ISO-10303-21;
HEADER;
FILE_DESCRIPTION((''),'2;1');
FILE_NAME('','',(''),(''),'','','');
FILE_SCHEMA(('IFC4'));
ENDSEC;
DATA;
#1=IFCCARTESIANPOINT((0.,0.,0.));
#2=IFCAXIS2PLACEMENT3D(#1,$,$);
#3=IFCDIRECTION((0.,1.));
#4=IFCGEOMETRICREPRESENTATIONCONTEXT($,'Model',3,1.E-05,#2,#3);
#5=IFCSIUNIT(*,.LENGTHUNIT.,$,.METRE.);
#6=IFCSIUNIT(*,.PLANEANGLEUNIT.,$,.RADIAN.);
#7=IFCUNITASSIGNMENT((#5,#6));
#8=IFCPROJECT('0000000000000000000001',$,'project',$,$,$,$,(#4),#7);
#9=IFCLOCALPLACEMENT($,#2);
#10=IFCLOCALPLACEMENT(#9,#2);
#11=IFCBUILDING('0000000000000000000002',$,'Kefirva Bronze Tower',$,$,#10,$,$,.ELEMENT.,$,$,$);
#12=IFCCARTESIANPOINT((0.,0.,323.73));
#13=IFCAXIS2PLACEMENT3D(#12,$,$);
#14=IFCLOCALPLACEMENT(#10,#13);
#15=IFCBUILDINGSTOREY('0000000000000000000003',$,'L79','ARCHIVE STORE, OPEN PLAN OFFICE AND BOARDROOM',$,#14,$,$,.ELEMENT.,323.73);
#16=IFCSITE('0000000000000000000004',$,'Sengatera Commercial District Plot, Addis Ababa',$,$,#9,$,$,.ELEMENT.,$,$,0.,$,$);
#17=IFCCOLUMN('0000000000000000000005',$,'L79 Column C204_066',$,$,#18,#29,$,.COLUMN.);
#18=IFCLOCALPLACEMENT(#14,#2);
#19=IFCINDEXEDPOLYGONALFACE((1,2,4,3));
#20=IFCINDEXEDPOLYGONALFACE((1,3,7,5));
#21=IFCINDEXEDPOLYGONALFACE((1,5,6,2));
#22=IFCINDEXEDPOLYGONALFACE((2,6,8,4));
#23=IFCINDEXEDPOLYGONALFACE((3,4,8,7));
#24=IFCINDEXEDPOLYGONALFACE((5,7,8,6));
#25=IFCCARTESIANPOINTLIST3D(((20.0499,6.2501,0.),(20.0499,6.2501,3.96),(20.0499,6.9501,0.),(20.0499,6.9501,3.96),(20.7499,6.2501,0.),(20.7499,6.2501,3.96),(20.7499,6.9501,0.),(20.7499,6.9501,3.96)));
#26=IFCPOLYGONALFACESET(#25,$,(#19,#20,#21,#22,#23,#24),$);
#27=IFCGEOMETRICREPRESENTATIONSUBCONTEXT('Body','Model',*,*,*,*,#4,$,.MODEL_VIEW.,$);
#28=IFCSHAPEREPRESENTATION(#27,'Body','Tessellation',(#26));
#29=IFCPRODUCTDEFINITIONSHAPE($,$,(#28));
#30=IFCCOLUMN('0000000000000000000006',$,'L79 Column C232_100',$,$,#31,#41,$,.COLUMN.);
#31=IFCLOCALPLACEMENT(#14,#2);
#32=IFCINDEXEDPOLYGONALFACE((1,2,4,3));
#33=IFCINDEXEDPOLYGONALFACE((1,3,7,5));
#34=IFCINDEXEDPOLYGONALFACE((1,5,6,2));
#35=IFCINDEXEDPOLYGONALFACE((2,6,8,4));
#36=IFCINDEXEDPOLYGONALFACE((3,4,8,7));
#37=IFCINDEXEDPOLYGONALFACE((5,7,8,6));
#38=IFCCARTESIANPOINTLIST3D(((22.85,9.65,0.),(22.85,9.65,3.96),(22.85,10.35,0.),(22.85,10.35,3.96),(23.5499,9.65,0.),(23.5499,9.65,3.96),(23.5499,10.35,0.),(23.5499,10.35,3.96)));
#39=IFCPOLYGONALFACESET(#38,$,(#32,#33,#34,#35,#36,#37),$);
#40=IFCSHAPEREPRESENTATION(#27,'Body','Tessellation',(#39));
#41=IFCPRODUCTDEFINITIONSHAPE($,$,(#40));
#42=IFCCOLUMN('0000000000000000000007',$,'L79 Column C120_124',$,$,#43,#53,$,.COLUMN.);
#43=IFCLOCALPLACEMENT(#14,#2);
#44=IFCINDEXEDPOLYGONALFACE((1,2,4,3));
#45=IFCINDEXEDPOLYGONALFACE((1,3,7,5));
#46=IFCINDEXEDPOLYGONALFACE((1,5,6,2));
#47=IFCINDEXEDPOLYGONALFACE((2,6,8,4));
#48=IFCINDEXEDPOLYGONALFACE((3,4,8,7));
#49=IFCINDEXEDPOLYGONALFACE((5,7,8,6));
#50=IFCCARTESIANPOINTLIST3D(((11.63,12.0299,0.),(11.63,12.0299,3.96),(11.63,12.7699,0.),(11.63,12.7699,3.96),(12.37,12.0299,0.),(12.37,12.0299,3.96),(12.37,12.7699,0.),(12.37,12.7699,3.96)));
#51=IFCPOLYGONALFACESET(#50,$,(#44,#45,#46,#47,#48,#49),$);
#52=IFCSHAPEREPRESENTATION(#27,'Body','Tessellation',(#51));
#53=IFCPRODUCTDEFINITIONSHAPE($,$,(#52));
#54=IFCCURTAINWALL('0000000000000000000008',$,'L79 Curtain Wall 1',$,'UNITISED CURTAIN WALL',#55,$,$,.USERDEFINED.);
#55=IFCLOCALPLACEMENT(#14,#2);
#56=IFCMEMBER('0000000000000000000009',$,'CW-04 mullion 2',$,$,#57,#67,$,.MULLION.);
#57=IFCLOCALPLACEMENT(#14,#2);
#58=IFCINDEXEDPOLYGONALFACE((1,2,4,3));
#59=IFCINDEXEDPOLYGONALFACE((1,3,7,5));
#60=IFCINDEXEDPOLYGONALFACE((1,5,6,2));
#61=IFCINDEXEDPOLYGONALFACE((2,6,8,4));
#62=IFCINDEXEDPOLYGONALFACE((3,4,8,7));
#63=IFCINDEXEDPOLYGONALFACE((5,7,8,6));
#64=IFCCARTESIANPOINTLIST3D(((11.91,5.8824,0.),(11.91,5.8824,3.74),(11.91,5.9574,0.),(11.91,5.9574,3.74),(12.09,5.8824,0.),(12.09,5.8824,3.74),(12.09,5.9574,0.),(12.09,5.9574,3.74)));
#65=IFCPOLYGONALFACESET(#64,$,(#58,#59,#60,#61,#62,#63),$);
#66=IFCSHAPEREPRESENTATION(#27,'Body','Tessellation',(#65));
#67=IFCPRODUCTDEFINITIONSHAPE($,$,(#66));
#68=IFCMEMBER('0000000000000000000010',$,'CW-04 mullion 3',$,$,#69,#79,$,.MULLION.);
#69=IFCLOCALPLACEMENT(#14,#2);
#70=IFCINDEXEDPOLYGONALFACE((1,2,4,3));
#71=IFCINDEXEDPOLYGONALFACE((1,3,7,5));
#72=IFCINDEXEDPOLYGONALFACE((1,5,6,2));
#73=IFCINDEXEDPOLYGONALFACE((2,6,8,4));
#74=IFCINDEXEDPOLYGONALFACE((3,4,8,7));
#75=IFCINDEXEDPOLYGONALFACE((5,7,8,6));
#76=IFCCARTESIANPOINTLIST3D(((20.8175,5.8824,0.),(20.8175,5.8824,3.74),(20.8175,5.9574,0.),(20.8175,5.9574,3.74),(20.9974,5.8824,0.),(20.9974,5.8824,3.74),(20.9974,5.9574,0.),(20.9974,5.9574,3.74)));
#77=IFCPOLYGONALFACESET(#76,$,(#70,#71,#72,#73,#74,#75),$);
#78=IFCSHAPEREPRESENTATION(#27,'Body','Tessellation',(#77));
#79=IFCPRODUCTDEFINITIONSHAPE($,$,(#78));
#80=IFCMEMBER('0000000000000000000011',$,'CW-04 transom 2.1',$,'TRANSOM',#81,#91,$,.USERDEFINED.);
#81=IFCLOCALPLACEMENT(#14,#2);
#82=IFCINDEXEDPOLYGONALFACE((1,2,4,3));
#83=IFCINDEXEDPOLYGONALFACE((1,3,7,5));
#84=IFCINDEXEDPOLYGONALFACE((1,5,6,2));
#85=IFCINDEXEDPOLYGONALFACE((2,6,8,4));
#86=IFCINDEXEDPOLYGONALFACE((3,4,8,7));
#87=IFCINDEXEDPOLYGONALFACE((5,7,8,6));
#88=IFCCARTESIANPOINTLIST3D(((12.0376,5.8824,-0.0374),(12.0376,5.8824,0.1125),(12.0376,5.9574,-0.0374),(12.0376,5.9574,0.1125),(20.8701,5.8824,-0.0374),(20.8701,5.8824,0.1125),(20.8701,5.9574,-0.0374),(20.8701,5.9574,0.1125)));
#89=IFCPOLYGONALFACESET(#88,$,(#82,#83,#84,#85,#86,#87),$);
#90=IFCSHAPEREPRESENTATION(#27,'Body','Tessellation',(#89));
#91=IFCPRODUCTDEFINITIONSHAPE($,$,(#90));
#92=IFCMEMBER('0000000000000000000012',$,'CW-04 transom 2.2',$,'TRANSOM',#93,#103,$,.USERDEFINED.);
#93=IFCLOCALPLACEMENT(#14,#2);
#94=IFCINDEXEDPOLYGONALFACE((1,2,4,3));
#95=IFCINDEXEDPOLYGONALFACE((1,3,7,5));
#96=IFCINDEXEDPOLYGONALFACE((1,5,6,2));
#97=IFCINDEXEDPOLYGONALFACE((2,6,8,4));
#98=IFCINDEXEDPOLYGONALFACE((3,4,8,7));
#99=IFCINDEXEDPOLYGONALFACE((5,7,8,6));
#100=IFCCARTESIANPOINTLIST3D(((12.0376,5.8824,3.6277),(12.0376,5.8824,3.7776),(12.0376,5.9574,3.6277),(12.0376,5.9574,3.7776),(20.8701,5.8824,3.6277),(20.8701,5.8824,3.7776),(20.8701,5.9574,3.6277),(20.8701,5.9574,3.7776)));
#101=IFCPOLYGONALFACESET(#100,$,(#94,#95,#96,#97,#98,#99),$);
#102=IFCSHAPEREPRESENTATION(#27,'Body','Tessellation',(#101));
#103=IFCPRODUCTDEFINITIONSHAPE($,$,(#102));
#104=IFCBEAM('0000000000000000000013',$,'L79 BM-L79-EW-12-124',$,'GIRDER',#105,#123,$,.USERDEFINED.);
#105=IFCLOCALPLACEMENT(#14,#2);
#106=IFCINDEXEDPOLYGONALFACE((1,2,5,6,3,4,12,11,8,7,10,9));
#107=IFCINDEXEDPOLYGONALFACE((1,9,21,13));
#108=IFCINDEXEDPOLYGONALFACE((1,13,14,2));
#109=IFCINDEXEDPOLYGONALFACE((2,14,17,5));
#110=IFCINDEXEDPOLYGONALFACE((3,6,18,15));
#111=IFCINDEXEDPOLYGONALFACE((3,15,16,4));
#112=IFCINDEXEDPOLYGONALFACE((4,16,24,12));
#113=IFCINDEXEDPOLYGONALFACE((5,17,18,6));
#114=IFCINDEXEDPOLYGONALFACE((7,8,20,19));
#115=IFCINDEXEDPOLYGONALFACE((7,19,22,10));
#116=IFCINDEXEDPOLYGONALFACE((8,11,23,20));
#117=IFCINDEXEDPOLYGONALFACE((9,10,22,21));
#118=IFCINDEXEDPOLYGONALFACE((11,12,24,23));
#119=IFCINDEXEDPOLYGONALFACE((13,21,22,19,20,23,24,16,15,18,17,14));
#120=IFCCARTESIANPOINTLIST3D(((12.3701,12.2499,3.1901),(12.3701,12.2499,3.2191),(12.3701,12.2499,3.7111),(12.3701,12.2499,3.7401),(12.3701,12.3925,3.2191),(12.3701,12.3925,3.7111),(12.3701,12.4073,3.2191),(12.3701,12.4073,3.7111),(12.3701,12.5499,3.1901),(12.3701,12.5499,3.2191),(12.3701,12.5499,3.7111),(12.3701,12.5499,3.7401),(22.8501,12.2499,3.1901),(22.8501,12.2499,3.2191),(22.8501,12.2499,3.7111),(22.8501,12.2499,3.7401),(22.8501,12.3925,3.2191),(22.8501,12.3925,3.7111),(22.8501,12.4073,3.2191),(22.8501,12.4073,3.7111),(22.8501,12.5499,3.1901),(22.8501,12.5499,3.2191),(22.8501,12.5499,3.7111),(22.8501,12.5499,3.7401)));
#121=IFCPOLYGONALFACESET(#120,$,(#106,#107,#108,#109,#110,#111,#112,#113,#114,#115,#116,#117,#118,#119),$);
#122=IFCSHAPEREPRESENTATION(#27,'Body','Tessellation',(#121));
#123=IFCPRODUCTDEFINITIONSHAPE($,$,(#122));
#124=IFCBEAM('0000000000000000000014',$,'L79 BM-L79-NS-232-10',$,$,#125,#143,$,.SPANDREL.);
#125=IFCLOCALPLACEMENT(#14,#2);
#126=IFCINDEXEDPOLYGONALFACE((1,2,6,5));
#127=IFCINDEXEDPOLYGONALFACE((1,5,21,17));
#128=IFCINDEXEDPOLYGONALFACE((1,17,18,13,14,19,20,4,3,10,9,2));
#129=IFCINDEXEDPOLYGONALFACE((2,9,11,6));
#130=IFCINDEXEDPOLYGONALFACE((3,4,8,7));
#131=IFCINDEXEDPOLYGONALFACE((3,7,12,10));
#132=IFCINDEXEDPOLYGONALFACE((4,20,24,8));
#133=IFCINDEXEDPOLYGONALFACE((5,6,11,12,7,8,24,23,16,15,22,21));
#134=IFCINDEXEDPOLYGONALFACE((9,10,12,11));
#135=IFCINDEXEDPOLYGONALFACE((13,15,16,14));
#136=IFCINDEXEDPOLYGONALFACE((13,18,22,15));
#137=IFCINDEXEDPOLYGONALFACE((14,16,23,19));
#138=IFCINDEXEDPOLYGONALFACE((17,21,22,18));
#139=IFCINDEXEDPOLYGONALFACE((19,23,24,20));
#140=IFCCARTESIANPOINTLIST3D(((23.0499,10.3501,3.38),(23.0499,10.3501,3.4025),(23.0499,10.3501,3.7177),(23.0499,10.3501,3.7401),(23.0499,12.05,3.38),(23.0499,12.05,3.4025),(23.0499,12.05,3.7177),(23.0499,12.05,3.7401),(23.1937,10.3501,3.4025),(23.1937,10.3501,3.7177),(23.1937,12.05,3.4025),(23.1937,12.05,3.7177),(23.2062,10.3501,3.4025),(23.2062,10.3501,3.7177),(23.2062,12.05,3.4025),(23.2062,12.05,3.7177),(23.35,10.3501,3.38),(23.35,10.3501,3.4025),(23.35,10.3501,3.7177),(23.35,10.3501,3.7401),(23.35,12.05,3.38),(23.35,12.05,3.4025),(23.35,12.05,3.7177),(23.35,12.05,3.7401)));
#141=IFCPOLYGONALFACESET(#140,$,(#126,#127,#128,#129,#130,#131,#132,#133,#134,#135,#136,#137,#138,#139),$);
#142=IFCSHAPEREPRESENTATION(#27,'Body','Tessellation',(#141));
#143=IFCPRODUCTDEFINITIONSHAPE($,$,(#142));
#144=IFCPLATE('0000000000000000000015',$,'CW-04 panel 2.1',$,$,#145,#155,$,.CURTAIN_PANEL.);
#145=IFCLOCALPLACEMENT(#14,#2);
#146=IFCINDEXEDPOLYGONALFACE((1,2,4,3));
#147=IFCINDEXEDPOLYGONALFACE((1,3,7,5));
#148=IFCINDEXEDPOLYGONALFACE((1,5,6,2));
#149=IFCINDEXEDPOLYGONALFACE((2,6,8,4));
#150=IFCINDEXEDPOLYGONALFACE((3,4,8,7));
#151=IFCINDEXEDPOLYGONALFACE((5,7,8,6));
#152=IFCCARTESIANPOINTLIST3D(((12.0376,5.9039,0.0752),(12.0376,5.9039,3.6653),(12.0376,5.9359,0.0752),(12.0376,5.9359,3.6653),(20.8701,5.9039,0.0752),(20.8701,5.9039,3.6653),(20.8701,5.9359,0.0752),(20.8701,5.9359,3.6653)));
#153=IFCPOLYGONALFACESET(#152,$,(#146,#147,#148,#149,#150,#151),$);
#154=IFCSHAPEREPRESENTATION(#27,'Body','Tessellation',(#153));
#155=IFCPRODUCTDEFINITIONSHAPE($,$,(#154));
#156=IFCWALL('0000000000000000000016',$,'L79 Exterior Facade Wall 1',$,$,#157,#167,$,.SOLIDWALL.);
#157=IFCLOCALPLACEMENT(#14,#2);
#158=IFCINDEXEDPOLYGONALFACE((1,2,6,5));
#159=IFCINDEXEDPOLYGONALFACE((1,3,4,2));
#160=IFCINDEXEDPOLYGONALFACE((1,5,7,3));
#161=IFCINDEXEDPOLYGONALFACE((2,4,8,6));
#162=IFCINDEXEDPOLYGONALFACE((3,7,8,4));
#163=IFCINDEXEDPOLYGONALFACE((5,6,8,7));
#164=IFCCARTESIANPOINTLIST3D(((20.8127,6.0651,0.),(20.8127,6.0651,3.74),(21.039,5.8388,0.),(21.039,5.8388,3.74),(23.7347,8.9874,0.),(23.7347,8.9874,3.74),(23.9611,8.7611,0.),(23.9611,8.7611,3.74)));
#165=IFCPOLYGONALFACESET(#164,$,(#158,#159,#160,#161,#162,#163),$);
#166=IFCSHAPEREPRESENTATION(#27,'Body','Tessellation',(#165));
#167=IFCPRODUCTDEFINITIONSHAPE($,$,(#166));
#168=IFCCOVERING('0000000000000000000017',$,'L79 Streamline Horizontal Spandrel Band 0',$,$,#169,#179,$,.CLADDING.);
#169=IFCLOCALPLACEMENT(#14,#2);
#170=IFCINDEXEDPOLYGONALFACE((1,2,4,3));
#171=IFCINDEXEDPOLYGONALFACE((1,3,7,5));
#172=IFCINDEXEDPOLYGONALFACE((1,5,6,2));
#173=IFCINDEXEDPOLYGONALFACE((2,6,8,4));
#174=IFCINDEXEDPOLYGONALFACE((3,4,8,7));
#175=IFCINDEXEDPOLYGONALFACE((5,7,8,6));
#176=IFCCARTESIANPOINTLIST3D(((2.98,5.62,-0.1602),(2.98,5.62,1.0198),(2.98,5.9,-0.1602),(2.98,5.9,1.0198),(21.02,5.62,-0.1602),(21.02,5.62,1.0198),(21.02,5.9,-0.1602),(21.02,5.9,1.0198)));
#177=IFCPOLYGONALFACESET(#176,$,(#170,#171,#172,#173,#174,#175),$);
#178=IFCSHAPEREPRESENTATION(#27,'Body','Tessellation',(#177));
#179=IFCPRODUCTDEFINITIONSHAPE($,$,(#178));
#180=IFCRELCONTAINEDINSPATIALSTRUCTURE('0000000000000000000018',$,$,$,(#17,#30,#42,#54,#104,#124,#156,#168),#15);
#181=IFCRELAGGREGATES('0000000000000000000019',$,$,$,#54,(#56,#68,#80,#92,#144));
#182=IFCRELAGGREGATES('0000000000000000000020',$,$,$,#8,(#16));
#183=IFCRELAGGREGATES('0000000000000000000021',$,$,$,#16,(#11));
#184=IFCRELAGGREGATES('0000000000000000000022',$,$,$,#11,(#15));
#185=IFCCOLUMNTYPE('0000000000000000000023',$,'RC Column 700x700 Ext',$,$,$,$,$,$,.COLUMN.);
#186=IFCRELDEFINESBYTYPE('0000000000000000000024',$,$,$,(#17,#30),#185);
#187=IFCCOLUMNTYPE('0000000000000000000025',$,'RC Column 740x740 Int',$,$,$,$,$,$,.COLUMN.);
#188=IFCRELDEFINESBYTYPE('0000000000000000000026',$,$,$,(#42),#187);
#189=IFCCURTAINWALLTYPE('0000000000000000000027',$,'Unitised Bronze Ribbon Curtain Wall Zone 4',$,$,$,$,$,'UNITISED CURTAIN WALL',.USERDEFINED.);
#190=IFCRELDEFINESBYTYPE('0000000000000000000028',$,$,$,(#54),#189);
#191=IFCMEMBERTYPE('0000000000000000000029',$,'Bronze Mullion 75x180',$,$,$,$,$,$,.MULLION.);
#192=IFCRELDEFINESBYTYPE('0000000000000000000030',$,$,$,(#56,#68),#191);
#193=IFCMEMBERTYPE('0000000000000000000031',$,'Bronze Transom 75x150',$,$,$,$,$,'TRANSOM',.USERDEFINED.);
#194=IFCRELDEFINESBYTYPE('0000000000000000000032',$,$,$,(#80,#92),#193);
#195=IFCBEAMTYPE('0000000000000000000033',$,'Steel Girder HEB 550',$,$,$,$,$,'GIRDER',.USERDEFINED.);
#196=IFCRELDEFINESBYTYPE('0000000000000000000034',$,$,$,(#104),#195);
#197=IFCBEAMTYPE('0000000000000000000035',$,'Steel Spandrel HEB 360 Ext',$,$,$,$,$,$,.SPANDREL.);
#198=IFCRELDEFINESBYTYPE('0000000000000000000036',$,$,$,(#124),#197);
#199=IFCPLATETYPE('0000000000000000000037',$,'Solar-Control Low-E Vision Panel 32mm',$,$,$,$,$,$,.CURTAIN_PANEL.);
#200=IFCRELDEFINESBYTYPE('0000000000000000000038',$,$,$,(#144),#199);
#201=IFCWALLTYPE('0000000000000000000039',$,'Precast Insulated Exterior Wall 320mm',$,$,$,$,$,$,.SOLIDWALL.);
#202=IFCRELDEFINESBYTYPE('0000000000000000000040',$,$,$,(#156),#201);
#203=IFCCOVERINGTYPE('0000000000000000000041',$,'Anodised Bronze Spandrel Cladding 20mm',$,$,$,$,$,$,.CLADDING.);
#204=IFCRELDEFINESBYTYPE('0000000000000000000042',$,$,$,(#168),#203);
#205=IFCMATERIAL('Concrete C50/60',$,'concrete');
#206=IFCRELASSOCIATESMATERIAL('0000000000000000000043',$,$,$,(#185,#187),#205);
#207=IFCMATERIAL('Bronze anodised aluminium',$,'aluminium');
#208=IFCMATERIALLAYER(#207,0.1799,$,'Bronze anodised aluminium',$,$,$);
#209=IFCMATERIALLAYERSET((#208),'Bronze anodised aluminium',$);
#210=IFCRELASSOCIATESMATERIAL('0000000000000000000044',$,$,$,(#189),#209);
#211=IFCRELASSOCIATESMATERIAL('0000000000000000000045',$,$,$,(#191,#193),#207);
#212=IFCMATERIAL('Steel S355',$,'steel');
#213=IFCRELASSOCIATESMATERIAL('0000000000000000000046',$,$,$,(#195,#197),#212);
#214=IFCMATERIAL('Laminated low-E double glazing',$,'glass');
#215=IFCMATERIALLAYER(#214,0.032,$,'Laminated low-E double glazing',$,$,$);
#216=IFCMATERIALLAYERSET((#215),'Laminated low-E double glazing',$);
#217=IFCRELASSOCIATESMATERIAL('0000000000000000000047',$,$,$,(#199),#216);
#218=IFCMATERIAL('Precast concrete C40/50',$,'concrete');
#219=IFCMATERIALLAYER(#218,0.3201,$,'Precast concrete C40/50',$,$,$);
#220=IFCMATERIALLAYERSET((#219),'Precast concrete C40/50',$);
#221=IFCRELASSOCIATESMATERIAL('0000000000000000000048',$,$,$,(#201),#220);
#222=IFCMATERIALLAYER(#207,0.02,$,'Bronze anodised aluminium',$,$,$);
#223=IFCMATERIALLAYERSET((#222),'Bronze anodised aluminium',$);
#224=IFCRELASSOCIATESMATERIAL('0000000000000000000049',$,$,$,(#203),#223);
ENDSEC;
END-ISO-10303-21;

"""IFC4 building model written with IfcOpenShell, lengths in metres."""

from ifc_helpers import new_model, si_unit, direction, frame, frame_2d, origin, origin_2d, place, context, subcontext, project, spatial, rectangle, i_section, extrude, material, layer, layer_set, material_profile, profile_set, type_object, element, aggregate, save


model = new_model("IFC4")

# Units and contexts
model_context = context("Model", 3, precision=1e-05, world=origin(), true_north=direction((0.0, 1.0)))
body_context = subcontext(model_context, "Body", "Model", "MODEL_VIEW")
ifc_project = project(units=[si_unit("LENGTHUNIT", "METRE"), si_unit("PLANEANGLEUNIT", "RADIAN")], contexts=[model_context])

# Site, building, storey
site_placement = place(None, origin())
site = spatial("IfcSite", under=ifc_project, at=site_placement, Name="Sengatera Commercial District Plot, Addis Ababa", CompositionType="ELEMENT", RefElevation=0.0)
building_placement = place(site_placement, origin())
building = spatial("IfcBuilding", under=site, at=building_placement, Name="Kefirva Bronze Tower", CompositionType="ELEMENT")
storey_placement = place(building_placement, frame((0.0, 0.0, 323.73)))
storey = spatial("IfcBuildingStorey", under=building, at=storey_placement, Name="L79", Description="ARCHIVE STORE, OPEN PLAN OFFICE AND BOARDROOM", CompositionType="ELEMENT", Elevation=323.73)

# Columns
ifc_material_1 = material(Name="Concrete C50/60", Category="concrete")
ifc_material_profile_1 = material_profile(ifc_material_1, rectangle(XDim=0.7, YDim=0.7, at=origin_2d()), Name="RC 700x700")
ifc_profile_set_1 = profile_set([ifc_material_profile_1], Name="Concrete C50/60")
column_type_1 = type_object("IfcColumnType", Name="RC Column 700x700 Ext", PredefinedType="COLUMN", material=ifc_profile_set_1)
for number, where, z_axis, x_axis, name in (
    (1, (20.3999, 6.6001, 0.0), (0.0, 0.0, 1.0), (1.0, 0.0, 0.0), "L79 Column C204_066"),
    (2, (23.2, 10.0, 0.0), (0.0, 0.0, 1.0), (1.0, 0.0, 0.0), "L79 Column C232_100"),
):
    element("IfcColumn", number, at=place(storey_placement, frame(where, z_axis=z_axis, x_axis=x_axis)), inside=storey, type_object=column_type_1, Name=name, PredefinedType="COLUMN", context=body_context, shape_type="SweptSolid", body=[
        extrude(rectangle(XDim=0.7, YDim=0.7, at=origin_2d()), origin(), (0.0, 0.0, 1.0), 3.96),
    ])
ifc_material_profile_2 = material_profile(ifc_material_1, rectangle(XDim=0.74, YDim=0.74, at=origin_2d()), Name="RC 740x740")
ifc_profile_set_2 = profile_set([ifc_material_profile_2], Name="Concrete C50/60")
column_type_2 = type_object("IfcColumnType", Name="RC Column 740x740 Int", PredefinedType="COLUMN", material=ifc_profile_set_2)
column_placement = place(storey_placement, frame((12.0, 12.3999, 0.0), z_axis=(0.0, 0.0, 1.0), x_axis=(1.0, 0.0, 0.0)))
element("IfcColumn", 3, at=column_placement, inside=storey, type_object=column_type_2, Name="L79 Column C120_124", PredefinedType="COLUMN", context=body_context, shape_type="SweptSolid", body=[
    extrude(rectangle(XDim=0.74, YDim=0.74, at=origin_2d()), origin(), (0.0, 0.0, 1.0), 3.96),
])

# Curtain wall, members
ifc_material_2 = material(Name="Bronze anodised aluminium", Category="aluminium")
ifc_layer_1 = layer(ifc_material_2, 0.1799, Name="Bronze anodised aluminium")
ifc_layer_set_1 = layer_set([ifc_layer_1], Name="Bronze anodised aluminium")
curtain_wall_type = type_object("IfcCurtainWallType", Name="Unitised Bronze Ribbon Curtain Wall Zone 4", ElementType="UNITISED CURTAIN WALL", PredefinedType="USERDEFINED", material=ifc_layer_set_1)
curtain_wall_placement = place(storey_placement, origin())
curtain_wall = element("IfcCurtainWall", 4, at=curtain_wall_placement, inside=storey, type_object=curtain_wall_type, Name="L79 Curtain Wall 1", ObjectType="UNITISED CURTAIN WALL", PredefinedType="USERDEFINED")
ifc_material_profile_3 = material_profile(ifc_material_2, rectangle(XDim=0.075, YDim=0.1799, at=origin_2d()), Name="ALU 75x180")
ifc_profile_set_3 = profile_set([ifc_material_profile_3], Name="Bronze anodised aluminium")
member_type_1 = type_object("IfcMemberType", Name="Bronze Mullion 75x180", PredefinedType="MULLION", material=ifc_profile_set_3)
member_1_placement = place(storey_placement, frame((12.0, 5.9199, 0.0), z_axis=(0.0, 0.0, 1.0), x_axis=(0.0, 1.0, 0.0)))
member_1 = element("IfcMember", 5, at=member_1_placement, type_object=member_type_1, Name="CW-04 mullion 2", PredefinedType="MULLION", context=body_context, shape_type="SweptSolid", body=[
    extrude(rectangle(XDim=0.075, YDim=0.1799, at=origin_2d()), origin(), (0.0, 0.0, 1.0), 3.74),
])
member_2_placement = place(storey_placement, frame((20.9075, 5.9199, 0.0), z_axis=(0.0, 0.0, 1.0), x_axis=(0.0, 1.0, 0.0)))
member_2 = element("IfcMember", 6, at=member_2_placement, type_object=member_type_1, Name="CW-04 mullion 3", PredefinedType="MULLION", context=body_context, shape_type="SweptSolid", body=[
    extrude(rectangle(XDim=0.075, YDim=0.1799, at=origin_2d()), origin(), (0.0, 0.0, 1.0), 3.74),
])
ifc_material_profile_4 = material_profile(ifc_material_2, rectangle(XDim=0.075, YDim=0.1499, at=origin_2d()), Name="ALU 75x150")
ifc_profile_set_4 = profile_set([ifc_material_profile_4], Name="Bronze anodised aluminium")
member_type_2 = type_object("IfcMemberType", Name="Bronze Transom 75x150", ElementType="TRANSOM", PredefinedType="USERDEFINED", material=ifc_profile_set_4)
member_3_placement = place(storey_placement, frame((12.0376, 5.9199, 0.0376), z_axis=(1.0, 0.0, 0.0), x_axis=(0.0, 1.0, 0.0)))
member_3 = element("IfcMember", 7, at=member_3_placement, type_object=member_type_2, Name="CW-04 transom 2.1", ObjectType="TRANSOM", PredefinedType="USERDEFINED", context=body_context, shape_type="SweptSolid", body=[
    extrude(rectangle(XDim=0.075, YDim=0.1499, at=origin_2d()), origin(), (0.0, 0.0, 1.0), 8.8325),
])
member_4_placement = place(storey_placement, frame((12.0376, 5.9199, 3.7026), z_axis=(1.0, 0.0, 0.0), x_axis=(0.0, 1.0, 0.0)))
member_4 = element("IfcMember", 8, at=member_4_placement, type_object=member_type_2, Name="CW-04 transom 2.2", ObjectType="TRANSOM", PredefinedType="USERDEFINED", context=body_context, shape_type="SweptSolid", body=[
    extrude(rectangle(XDim=0.075, YDim=0.1499, at=origin_2d()), origin(), (0.0, 0.0, 1.0), 8.8325),
])

# Beams
ifc_material_3 = material(Name="Steel S355", Category="steel")
ifc_material_profile_5 = material_profile(ifc_material_3, i_section(OverallWidth=0.3, OverallDepth=0.55, WebThickness=0.0149, FlangeThickness=0.0291, at=origin_2d()), Name="HEB 550")
ifc_profile_set_5 = profile_set([ifc_material_profile_5], Name="Steel S355")
beam_type_1 = type_object("IfcBeamType", Name="Steel Girder HEB 550", ElementType="GIRDER", PredefinedType="USERDEFINED", material=ifc_profile_set_5)
beam_1_placement = place(storey_placement, frame((12.3701, 12.3999, 3.4651), z_axis=(1.0, 0.0, 0.0), x_axis=(0.0, 1.0, 0.0)))
element("IfcBeam", 9, at=beam_1_placement, inside=storey, type_object=beam_type_1, Name="L79 BM-L79-EW-12-124", ObjectType="GIRDER", PredefinedType="USERDEFINED", context=body_context, shape_type="SweptSolid", body=[
    extrude(i_section(OverallWidth=0.3, OverallDepth=0.55, WebThickness=0.0149, FlangeThickness=0.0291, at=origin_2d()), origin(), (0.0, 0.0, 1.0), 10.48),
])
ifc_material_profile_6 = material_profile(ifc_material_3, i_section(OverallWidth=0.3, OverallDepth=0.3601, WebThickness=0.0125, FlangeThickness=0.0225, at=origin_2d()), Name="HEB 360")
ifc_profile_set_6 = profile_set([ifc_material_profile_6], Name="Steel S355")
beam_type_2 = type_object("IfcBeamType", Name="Steel Spandrel HEB 360 Ext", PredefinedType="SPANDREL", material=ifc_profile_set_6)
beam_2_placement = place(storey_placement, frame((23.2, 10.3501, 3.5601), z_axis=(0.0, 1.0, 0.0), x_axis=(-1.0, 0.0, 0.0)))
element("IfcBeam", 10, at=beam_2_placement, inside=storey, type_object=beam_type_2, Name="L79 BM-L79-NS-232-10", PredefinedType="SPANDREL", context=body_context, shape_type="SweptSolid", body=[
    extrude(i_section(OverallWidth=0.3, OverallDepth=0.3601, WebThickness=0.0125, FlangeThickness=0.0225, at=origin_2d()), origin(), (0.0, 0.0, 1.0), 1.7),
])

# Plate
ifc_material_4 = material(Name="Laminated low-E double glazing", Category="glass")
ifc_layer_2 = layer(ifc_material_4, 0.032, Name="Laminated low-E double glazing")
ifc_layer_set_2 = layer_set([ifc_layer_2], Name="Laminated low-E double glazing")
plate_type = type_object("IfcPlateType", Name="Solar-Control Low-E Vision Panel 32mm", PredefinedType="CURTAIN_PANEL", material=ifc_layer_set_2)
plate_placement = place(storey_placement, frame((16.4539, 5.9199, 0.0752), z_axis=(0.0, 0.0, 1.0), x_axis=(1.0, 0.0, 0.0)))
plate = element("IfcPlate", 11, at=plate_placement, type_object=plate_type, Name="CW-04 panel 2.1", PredefinedType="CURTAIN_PANEL", context=body_context, shape_type="SweptSolid", body=[
    extrude(rectangle(XDim=8.8325, YDim=0.032, at=origin_2d()), origin(), (0.0, 0.0, 1.0), 3.5901),
])
aggregate(curtain_wall, [member_1, member_2, member_3, member_4, plate])

# Wall
ifc_material_5 = material(Name="Precast concrete C40/50", Category="concrete")
ifc_layer_3 = layer(ifc_material_5, 0.3201, Name="Precast concrete C40/50")
ifc_layer_set_3 = layer_set([ifc_layer_3], Name="Precast concrete C40/50")
wall_type = type_object("IfcWallType", Name="Precast Insulated Exterior Wall 320mm", PredefinedType="SOLIDWALL", material=ifc_layer_set_3)
wall_placement = place(storey_placement, frame((20.9258, 5.9519, 0.0), z_axis=(0.0, 0.0, 1.0), x_axis=(0.707077, 0.707136, 0.0)))
element("IfcWall", 12, at=wall_placement, inside=storey, type_object=wall_type, Name="L79 Exterior Facade Wall 1", PredefinedType="SOLIDWALL", context=body_context, shape_type="SweptSolid", body=[
    extrude(rectangle(XDim=4.1326, YDim=0.3201, at=frame_2d((2.0664, 0.0))), origin(), (0.0, 0.0, 1.0), 3.74),
])

# Covering
ifc_layer_4 = layer(ifc_material_2, 0.02, Name="Bronze anodised aluminium")
ifc_layer_set_4 = layer_set([ifc_layer_4], Name="Bronze anodised aluminium")
covering_type_1 = type_object("IfcCoveringType", Name="Anodised Bronze Spandrel Cladding 20mm", PredefinedType="CLADDING", material=ifc_layer_set_4)
covering_1_placement = place(storey_placement, frame((12.0, 5.76, -0.1602), z_axis=(0.0, 0.0, 1.0), x_axis=(1.0, 0.0, 0.0)))
element("IfcCovering", 13, at=covering_1_placement, inside=storey, type_object=covering_type_1, Name="L79 Streamline Horizontal Spandrel Band 0", PredefinedType="CLADDING", context=body_context, shape_type="SweptSolid", body=[
    extrude(rectangle(XDim=18.04, YDim=0.28, at=origin_2d()), origin(), (0.0, 0.0, 1.0), 1.1799),
])

save(model, "model.ifc")
